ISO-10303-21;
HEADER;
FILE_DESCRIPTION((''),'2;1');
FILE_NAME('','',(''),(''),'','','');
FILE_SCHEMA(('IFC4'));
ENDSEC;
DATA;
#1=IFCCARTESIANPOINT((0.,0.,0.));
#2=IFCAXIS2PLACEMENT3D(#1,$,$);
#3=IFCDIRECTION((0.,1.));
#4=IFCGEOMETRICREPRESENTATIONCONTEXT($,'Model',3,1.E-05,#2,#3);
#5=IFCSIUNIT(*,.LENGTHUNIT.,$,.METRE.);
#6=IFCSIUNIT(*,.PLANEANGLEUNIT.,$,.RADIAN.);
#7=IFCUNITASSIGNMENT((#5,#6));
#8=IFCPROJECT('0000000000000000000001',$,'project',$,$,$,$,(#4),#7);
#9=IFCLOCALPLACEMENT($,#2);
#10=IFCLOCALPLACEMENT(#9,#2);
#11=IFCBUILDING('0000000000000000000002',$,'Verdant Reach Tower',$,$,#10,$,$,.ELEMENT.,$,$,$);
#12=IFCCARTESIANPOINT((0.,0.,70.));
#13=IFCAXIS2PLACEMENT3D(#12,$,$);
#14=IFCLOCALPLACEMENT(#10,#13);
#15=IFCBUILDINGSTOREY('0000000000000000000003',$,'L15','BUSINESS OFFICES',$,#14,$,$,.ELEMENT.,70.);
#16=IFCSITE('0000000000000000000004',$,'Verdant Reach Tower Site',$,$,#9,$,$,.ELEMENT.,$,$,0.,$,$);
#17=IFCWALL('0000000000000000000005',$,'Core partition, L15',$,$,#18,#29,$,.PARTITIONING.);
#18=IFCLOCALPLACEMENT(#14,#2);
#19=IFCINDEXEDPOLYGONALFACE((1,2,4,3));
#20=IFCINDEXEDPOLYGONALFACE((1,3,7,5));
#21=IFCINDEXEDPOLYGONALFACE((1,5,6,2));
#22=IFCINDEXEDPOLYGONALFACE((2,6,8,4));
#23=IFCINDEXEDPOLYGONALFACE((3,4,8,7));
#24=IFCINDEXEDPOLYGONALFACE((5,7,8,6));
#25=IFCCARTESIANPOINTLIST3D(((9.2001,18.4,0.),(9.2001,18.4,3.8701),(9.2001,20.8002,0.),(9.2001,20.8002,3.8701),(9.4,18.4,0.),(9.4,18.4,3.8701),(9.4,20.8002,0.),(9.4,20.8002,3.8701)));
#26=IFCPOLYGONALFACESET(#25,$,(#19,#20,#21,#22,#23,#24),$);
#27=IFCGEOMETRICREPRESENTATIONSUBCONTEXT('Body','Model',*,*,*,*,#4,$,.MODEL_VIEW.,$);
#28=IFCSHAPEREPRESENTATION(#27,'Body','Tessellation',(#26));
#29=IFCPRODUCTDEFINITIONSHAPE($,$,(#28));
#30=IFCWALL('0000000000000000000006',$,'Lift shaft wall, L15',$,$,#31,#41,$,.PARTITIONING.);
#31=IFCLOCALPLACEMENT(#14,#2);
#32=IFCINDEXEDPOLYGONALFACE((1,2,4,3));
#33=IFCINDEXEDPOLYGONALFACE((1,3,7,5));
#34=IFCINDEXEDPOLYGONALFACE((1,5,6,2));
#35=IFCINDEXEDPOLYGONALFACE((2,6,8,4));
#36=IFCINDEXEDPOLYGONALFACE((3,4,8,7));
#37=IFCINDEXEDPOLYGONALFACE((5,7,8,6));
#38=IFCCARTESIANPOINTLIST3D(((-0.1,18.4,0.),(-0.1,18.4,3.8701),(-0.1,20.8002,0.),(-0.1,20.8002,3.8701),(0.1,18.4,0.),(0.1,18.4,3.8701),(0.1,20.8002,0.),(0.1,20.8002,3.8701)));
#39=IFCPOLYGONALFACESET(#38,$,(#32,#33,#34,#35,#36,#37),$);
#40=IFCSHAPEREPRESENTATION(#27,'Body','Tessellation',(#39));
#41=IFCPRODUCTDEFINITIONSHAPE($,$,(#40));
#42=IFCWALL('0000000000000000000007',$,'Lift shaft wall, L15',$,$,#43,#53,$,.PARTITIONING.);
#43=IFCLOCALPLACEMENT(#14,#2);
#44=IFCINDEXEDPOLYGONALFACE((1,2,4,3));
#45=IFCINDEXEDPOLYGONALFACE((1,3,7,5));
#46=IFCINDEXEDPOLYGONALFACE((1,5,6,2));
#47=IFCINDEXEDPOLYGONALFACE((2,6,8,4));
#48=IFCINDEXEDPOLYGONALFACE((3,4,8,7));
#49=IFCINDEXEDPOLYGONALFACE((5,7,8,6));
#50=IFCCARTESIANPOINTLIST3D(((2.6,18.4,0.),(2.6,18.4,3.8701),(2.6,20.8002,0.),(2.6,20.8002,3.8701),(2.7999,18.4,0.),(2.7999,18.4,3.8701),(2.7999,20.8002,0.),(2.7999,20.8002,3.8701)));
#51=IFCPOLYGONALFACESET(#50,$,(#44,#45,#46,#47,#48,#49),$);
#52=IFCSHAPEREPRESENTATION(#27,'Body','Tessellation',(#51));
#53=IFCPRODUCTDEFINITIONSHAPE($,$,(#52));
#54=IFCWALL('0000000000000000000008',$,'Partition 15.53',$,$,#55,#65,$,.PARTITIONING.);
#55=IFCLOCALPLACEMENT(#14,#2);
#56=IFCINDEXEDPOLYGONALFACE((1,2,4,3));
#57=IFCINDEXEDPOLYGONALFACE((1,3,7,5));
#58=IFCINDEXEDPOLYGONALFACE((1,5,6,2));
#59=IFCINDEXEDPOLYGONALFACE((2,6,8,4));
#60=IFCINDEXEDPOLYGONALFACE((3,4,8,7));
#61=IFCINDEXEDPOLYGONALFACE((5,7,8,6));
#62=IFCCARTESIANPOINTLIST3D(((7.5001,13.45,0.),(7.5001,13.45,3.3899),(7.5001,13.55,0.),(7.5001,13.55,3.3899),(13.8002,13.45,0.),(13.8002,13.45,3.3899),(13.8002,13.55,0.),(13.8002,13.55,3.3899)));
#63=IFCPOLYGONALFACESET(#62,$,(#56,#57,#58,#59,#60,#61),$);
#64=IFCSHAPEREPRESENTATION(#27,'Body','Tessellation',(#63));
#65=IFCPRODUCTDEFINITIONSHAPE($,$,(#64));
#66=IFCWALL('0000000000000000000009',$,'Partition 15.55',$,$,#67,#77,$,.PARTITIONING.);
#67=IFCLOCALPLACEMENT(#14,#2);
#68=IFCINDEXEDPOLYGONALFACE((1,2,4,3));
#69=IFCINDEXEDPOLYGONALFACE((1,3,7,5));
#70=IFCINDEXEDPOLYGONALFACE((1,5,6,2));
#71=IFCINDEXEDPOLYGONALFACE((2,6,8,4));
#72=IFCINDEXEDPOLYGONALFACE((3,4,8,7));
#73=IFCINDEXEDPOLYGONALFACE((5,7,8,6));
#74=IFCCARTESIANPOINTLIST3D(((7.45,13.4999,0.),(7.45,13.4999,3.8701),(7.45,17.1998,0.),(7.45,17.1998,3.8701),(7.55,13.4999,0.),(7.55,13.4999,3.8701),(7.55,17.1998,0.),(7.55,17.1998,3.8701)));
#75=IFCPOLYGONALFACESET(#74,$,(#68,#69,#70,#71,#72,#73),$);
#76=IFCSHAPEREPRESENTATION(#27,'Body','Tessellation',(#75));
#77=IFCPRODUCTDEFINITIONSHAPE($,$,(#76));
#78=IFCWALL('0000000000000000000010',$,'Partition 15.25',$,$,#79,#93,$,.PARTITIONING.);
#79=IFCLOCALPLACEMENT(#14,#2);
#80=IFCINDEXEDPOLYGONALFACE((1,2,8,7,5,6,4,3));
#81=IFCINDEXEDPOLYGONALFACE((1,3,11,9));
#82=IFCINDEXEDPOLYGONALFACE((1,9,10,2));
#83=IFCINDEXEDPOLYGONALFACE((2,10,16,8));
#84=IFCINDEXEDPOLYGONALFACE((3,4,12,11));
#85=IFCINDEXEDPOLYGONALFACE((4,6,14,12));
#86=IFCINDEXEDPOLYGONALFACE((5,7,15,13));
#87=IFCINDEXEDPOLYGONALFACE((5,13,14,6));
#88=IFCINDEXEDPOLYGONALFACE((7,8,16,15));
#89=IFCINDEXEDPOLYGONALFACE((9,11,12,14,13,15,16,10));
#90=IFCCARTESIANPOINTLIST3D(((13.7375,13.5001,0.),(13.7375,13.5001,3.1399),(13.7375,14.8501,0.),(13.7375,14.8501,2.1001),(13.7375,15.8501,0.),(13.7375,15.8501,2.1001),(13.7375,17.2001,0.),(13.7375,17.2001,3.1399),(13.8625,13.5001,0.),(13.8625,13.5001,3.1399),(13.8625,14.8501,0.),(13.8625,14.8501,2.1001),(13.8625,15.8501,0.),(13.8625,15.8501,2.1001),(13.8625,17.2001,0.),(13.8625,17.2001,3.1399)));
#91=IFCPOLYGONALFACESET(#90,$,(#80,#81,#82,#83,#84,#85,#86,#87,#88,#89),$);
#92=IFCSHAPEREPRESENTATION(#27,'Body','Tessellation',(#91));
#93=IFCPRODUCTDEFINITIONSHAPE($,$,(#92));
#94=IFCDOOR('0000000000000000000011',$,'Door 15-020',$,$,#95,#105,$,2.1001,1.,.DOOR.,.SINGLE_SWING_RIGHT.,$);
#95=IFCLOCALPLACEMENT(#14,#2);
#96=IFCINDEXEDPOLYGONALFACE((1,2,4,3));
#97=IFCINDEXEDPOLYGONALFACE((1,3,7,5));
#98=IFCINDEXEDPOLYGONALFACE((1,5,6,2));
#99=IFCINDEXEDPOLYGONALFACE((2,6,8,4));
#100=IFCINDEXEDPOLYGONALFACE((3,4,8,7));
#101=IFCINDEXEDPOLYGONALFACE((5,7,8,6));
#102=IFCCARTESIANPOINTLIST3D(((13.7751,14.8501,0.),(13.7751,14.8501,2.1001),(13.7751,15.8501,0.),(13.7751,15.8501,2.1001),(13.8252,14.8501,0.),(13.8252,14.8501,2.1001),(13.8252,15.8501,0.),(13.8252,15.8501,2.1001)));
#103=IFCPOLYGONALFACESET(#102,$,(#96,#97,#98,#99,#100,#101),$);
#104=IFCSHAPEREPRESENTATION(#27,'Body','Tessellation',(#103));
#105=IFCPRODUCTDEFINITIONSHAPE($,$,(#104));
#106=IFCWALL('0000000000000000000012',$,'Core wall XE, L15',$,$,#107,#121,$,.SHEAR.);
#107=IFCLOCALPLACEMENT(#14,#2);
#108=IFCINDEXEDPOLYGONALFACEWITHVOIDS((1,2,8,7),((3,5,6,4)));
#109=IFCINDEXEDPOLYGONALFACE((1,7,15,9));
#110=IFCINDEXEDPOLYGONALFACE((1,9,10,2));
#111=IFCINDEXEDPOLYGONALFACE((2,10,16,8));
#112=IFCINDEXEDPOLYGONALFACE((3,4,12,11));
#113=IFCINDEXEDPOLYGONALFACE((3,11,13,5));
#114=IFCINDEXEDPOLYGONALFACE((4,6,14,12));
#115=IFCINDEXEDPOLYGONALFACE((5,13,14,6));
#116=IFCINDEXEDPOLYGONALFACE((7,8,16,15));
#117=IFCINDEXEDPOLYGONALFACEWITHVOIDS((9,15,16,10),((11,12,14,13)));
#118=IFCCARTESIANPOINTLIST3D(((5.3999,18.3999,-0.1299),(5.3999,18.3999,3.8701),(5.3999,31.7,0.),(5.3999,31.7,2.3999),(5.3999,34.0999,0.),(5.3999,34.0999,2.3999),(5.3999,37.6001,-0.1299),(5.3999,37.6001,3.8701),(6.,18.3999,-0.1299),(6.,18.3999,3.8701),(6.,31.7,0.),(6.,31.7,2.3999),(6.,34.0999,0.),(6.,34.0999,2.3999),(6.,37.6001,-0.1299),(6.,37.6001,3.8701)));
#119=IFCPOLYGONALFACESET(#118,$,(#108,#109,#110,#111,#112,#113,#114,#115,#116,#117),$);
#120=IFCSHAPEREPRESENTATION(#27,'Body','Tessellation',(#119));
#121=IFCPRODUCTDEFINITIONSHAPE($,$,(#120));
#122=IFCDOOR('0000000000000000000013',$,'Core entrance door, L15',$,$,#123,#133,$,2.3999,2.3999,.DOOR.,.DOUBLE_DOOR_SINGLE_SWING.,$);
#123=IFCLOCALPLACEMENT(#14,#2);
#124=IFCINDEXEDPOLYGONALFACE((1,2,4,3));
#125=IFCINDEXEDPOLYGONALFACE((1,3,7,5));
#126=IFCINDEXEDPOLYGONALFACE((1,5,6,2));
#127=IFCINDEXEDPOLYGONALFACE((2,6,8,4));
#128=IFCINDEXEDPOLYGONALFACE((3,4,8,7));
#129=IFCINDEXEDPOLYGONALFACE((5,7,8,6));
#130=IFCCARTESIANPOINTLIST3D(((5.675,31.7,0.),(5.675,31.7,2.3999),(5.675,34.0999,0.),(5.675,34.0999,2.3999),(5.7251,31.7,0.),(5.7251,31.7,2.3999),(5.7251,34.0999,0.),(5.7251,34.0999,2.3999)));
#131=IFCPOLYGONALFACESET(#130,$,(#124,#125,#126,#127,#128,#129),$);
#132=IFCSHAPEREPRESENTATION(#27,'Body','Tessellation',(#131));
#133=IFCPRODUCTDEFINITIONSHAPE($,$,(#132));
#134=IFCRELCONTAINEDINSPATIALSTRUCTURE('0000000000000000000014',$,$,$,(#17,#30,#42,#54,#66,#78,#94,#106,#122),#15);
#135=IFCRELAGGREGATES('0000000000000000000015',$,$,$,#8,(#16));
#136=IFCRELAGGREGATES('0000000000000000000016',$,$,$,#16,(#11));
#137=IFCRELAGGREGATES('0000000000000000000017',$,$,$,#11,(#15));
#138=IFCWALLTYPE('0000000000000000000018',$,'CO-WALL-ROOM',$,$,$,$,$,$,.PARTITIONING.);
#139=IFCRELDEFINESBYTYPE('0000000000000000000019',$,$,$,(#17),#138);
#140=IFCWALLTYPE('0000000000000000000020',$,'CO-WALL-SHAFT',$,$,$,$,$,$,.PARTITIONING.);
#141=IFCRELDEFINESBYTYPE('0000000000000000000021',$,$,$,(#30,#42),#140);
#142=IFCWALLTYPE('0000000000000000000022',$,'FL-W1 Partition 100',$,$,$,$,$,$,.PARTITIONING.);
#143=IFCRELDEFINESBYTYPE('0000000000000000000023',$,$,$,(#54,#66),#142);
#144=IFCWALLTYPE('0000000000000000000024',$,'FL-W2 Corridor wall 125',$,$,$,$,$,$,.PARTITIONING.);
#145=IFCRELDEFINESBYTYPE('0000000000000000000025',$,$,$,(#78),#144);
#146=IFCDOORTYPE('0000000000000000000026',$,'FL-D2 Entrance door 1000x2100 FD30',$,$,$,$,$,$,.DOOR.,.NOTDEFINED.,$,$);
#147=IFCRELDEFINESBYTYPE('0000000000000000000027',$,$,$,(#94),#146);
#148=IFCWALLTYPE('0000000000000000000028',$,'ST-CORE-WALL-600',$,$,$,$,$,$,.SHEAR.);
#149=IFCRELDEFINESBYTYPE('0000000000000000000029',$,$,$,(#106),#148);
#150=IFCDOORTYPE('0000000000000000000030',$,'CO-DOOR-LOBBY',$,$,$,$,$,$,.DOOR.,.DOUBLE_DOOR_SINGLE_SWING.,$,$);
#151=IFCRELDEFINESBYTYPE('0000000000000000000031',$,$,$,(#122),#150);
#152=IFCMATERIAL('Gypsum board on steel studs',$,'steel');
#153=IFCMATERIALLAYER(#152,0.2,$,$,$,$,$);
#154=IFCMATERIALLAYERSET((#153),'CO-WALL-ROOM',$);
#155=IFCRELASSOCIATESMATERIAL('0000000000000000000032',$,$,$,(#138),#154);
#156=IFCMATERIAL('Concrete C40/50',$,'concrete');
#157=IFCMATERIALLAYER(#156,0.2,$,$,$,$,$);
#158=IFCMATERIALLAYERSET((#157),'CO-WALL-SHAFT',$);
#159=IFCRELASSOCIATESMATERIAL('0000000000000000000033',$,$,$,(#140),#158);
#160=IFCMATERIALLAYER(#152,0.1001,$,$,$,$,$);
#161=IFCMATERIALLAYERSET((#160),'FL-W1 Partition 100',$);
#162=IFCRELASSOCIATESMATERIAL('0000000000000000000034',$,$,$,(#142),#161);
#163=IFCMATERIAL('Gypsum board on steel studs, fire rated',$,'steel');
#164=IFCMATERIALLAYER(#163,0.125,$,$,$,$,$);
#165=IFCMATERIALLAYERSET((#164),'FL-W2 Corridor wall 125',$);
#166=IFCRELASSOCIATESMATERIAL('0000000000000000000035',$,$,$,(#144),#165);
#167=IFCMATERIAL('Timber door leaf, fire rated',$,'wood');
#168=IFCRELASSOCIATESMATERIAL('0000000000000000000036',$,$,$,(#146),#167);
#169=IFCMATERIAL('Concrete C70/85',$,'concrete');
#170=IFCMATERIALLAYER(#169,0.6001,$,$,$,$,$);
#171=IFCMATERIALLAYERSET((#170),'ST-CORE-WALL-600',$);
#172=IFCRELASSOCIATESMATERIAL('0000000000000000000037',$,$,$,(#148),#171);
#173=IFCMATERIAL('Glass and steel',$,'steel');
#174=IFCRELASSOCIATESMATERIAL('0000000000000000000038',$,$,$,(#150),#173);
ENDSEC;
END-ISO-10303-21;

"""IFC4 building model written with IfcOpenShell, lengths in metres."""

from ifc_helpers import new_model, si_unit, direction, frame, frame_2d, origin, place, context, subcontext, project, spatial, rectangle, extrude, material, layer, layer_set, type_object, element, fill, save


model = new_model("IFC4")

# Units and contexts
model_context = context("Model", 3, precision=1e-05, world=origin(), true_north=direction((0.0, 1.0)))
body_context = subcontext(model_context, "Body", "Model", "MODEL_VIEW")
ifc_project = project(units=[si_unit("LENGTHUNIT", "METRE"), si_unit("PLANEANGLEUNIT", "RADIAN")], contexts=[model_context])

# Site, building, storey
site_placement = place(None, origin())
site = spatial("IfcSite", under=ifc_project, at=site_placement, Name="Verdant Reach Tower Site", CompositionType="ELEMENT", RefElevation=0.0)
building_placement = place(site_placement, origin())
building = spatial("IfcBuilding", under=site, at=building_placement, Name="Verdant Reach Tower", CompositionType="ELEMENT")
storey_placement = place(building_placement, frame((0.0, 0.0, 70.0)))
storey = spatial("IfcBuildingStorey", under=building, at=storey_placement, Name="L15", Description="BUSINESS OFFICES", CompositionType="ELEMENT", Elevation=70.0)

# Walls
ifc_material_1 = material(Name="Gypsum board on steel studs", Category="steel")
ifc_layer_1 = layer(ifc_material_1, 0.2)
ifc_layer_set_1 = layer_set([ifc_layer_1], Name="CO-WALL-ROOM")
wall_type_1 = type_object("IfcWallType", Name="CO-WALL-ROOM", PredefinedType="PARTITIONING", material=ifc_layer_set_1)
wall_1_placement = place(storey_placement, frame((9.3, 18.3999, 0.0), z_axis=(0.0, 0.0, 1.0), x_axis=(0.0, 1.0, 0.0)))
element("IfcWall", 1, at=wall_1_placement, inside=storey, type_object=wall_type_1, Name="Core partition, L15", PredefinedType="PARTITIONING", context=body_context, shape_type="SweptSolid", body=[
    extrude(rectangle(XDim=2.4001, YDim=0.2, at=frame_2d((1.2002, 0.0))), origin(), (0.0, 0.0, 1.0), 3.8701),
])
ifc_material_2 = material(Name="Concrete C40/50", Category="concrete")
ifc_layer_2 = layer(ifc_material_2, 0.2)
ifc_layer_set_2 = layer_set([ifc_layer_2], Name="CO-WALL-SHAFT")
wall_type_2 = type_object("IfcWallType", Name="CO-WALL-SHAFT", PredefinedType="PARTITIONING", material=ifc_layer_set_2)
for number, where, z_axis, x_axis, name in (
    (2, (0.0, 18.3999, 0.0), (0.0, 0.0, 1.0), (0.0, 1.0, 0.0), "Lift shaft wall, L15"),
    (3, (2.7, 18.3999, 0.0), (0.0, 0.0, 1.0), (0.0, 1.0, 0.0), "Lift shaft wall, L15"),
):
    element("IfcWall", number, at=place(storey_placement, frame(where, z_axis=z_axis, x_axis=x_axis)), inside=storey, type_object=wall_type_2, Name=name, PredefinedType="PARTITIONING", context=body_context, shape_type="SweptSolid", body=[
        extrude(rectangle(XDim=2.4001, YDim=0.2, at=frame_2d((1.2002, 0.0))), origin(), (0.0, 0.0, 1.0), 3.8701),
    ])
ifc_layer_3 = layer(ifc_material_1, 0.1001)
ifc_layer_set_3 = layer_set([ifc_layer_3], Name="FL-W1 Partition 100")
wall_type_3 = type_object("IfcWallType", Name="FL-W1 Partition 100", PredefinedType="PARTITIONING", material=ifc_layer_set_3)
wall_2_placement = place(storey_placement, frame((13.8, 13.5, 0.0), z_axis=(0.0, 0.0, 1.0), x_axis=(-1.0, 0.0, 0.0)))
element("IfcWall", 4, at=wall_2_placement, inside=storey, type_object=wall_type_3, Name="Partition 15.53", PredefinedType="PARTITIONING", context=body_context, shape_type="SweptSolid", body=[
    extrude(rectangle(XDim=6.3, YDim=0.1001, at=frame_2d((3.1499, 0.0))), origin(), (0.0, 0.0, 1.0), 3.3899),
])
wall_3_placement = place(storey_placement, frame((7.5, 17.2, 0.0), z_axis=(0.0, 0.0, 1.0), x_axis=(0.0, -1.0, 0.0)))
element("IfcWall", 5, at=wall_3_placement, inside=storey, type_object=wall_type_3, Name="Partition 15.55", PredefinedType="PARTITIONING", context=body_context, shape_type="SweptSolid", body=[
    extrude(rectangle(XDim=3.7, YDim=0.1001, at=frame_2d((1.8501, 0.0))), origin(), (0.0, 0.0, 1.0), 3.8701),
])

# Walls, openings, doors
ifc_material_3 = material(Name="Gypsum board on steel studs, fire rated", Category="steel")
ifc_layer_4 = layer(ifc_material_3, 0.125)
ifc_layer_set_4 = layer_set([ifc_layer_4], Name="FL-W2 Corridor wall 125")
wall_type_4 = type_object("IfcWallType", Name="FL-W2 Corridor wall 125", PredefinedType="PARTITIONING", material=ifc_layer_set_4)
wall_4_placement = place(storey_placement, frame((13.8, 13.5, 0.0), z_axis=(0.0, 0.0, 1.0), x_axis=(0.0, 1.0, 0.0)))
wall_4 = element("IfcWall", 6, at=wall_4_placement, inside=storey, type_object=wall_type_4, Name="Partition 15.25", PredefinedType="PARTITIONING", context=body_context, shape_type="SweptSolid", body=[
    extrude(rectangle(XDim=3.7, YDim=0.125, at=frame_2d((1.8501, 0.0))), origin(), (0.0, 0.0, 1.0), 3.1399),
])
opening_1_placement = place(wall_4_placement, frame((1.3501, 0.0, 0.0)))
opening_1 = element("IfcOpeningElement", 7, at=opening_1_placement, cuts=wall_4, PredefinedType="OPENING", context=body_context, shape_type="SweptSolid", body=[
    extrude(rectangle(XDim=1.0, YDim=2.1001, at=frame_2d((0.5, 1.05))), frame((0.0, 0.0725, 0.0), z_axis=(0.0, -1.0, 0.0), x_axis=(1.0, 0.0, 0.0)), (0.0, 0.0, 1.0), 0.145),
])
ifc_material_4 = material(Name="Timber door leaf, fire rated", Category="wood")
door_type_1 = type_object("IfcDoorType", Name="FL-D2 Entrance door 1000x2100 FD30", OperationType="NOTDEFINED", PredefinedType="DOOR", material=ifc_material_4)
door_1_placement = place(opening_1_placement, origin())
door_1 = element("IfcDoor", 8, at=door_1_placement, inside=storey, type_object=door_type_1, Name="Door 15-020", OperationType="SINGLE_SWING_RIGHT", OverallHeight=2.1001, OverallWidth=1.0, PredefinedType="DOOR", context=body_context, shape_type="SweptSolid", body=[
    extrude(rectangle(XDim=1.0, YDim=2.1001, at=frame_2d((0.5, 1.05))), frame((0.0, 0.0249, 0.0), z_axis=(0.0, -1.0, 0.0), x_axis=(1.0, 0.0, 0.0)), (0.0, 0.0, 1.0), 0.05),
])
fill(opening_1, door_1)
ifc_material_5 = material(Name="Concrete C70/85", Category="concrete")
ifc_layer_5 = layer(ifc_material_5, 0.6001)
ifc_layer_set_5 = layer_set([ifc_layer_5], Name="ST-CORE-WALL-600")
wall_type_5 = type_object("IfcWallType", Name="ST-CORE-WALL-600", PredefinedType="SHEAR", material=ifc_layer_set_5)
wall_5_placement = place(storey_placement, frame((5.7, 18.3999, -0.1299), z_axis=(0.0, 0.0, 1.0), x_axis=(0.0, 1.0, 0.0)))
wall_5 = element("IfcWall", 9, at=wall_5_placement, inside=storey, type_object=wall_type_5, Name="Core wall XE, L15", PredefinedType="SHEAR", context=body_context, shape_type="SweptSolid", body=[
    extrude(rectangle(XDim=19.2002, YDim=0.6001, at=frame_2d((9.6001, 0.0))), origin(), (0.0, 0.0, 1.0), 4.0),
])
opening_2_placement = place(wall_5_placement, frame((13.3, 0.0, 0.1299)))
opening_2 = element("IfcOpeningElement", 10, at=opening_2_placement, cuts=wall_5, PredefinedType="OPENING", context=body_context, shape_type="SweptSolid", body=[
    extrude(rectangle(XDim=2.3999, YDim=2.3999, at=frame_2d((1.2, 1.2))), frame((0.0, 0.3101, 0.0), z_axis=(0.0, -1.0, 0.0), x_axis=(1.0, 0.0, 0.0)), (0.0, 0.0, 1.0), 0.6201),
])
ifc_material_6 = material(Name="Glass and steel", Category="steel")
door_type_2 = type_object("IfcDoorType", Name="CO-DOOR-LOBBY", OperationType="DOUBLE_DOOR_SINGLE_SWING", PredefinedType="DOOR", material=ifc_material_6)
door_2_placement = place(opening_2_placement, origin())
door_2 = element("IfcDoor", 11, at=door_2_placement, inside=storey, type_object=door_type_2, Name="Core entrance door, L15", OperationType="DOUBLE_DOOR_SINGLE_SWING", OverallHeight=2.3999, OverallWidth=2.3999, PredefinedType="DOOR", context=body_context, shape_type="SweptSolid", body=[
    extrude(rectangle(XDim=2.3999, YDim=2.3999, at=frame_2d((1.2, 1.2))), frame((0.0, 0.0249, 0.0), z_axis=(0.0, -1.0, 0.0), x_axis=(1.0, 0.0, 0.0)), (0.0, 0.0, 1.0), 0.05),
])
fill(opening_2, door_2)

save(model, "model.ifc")
